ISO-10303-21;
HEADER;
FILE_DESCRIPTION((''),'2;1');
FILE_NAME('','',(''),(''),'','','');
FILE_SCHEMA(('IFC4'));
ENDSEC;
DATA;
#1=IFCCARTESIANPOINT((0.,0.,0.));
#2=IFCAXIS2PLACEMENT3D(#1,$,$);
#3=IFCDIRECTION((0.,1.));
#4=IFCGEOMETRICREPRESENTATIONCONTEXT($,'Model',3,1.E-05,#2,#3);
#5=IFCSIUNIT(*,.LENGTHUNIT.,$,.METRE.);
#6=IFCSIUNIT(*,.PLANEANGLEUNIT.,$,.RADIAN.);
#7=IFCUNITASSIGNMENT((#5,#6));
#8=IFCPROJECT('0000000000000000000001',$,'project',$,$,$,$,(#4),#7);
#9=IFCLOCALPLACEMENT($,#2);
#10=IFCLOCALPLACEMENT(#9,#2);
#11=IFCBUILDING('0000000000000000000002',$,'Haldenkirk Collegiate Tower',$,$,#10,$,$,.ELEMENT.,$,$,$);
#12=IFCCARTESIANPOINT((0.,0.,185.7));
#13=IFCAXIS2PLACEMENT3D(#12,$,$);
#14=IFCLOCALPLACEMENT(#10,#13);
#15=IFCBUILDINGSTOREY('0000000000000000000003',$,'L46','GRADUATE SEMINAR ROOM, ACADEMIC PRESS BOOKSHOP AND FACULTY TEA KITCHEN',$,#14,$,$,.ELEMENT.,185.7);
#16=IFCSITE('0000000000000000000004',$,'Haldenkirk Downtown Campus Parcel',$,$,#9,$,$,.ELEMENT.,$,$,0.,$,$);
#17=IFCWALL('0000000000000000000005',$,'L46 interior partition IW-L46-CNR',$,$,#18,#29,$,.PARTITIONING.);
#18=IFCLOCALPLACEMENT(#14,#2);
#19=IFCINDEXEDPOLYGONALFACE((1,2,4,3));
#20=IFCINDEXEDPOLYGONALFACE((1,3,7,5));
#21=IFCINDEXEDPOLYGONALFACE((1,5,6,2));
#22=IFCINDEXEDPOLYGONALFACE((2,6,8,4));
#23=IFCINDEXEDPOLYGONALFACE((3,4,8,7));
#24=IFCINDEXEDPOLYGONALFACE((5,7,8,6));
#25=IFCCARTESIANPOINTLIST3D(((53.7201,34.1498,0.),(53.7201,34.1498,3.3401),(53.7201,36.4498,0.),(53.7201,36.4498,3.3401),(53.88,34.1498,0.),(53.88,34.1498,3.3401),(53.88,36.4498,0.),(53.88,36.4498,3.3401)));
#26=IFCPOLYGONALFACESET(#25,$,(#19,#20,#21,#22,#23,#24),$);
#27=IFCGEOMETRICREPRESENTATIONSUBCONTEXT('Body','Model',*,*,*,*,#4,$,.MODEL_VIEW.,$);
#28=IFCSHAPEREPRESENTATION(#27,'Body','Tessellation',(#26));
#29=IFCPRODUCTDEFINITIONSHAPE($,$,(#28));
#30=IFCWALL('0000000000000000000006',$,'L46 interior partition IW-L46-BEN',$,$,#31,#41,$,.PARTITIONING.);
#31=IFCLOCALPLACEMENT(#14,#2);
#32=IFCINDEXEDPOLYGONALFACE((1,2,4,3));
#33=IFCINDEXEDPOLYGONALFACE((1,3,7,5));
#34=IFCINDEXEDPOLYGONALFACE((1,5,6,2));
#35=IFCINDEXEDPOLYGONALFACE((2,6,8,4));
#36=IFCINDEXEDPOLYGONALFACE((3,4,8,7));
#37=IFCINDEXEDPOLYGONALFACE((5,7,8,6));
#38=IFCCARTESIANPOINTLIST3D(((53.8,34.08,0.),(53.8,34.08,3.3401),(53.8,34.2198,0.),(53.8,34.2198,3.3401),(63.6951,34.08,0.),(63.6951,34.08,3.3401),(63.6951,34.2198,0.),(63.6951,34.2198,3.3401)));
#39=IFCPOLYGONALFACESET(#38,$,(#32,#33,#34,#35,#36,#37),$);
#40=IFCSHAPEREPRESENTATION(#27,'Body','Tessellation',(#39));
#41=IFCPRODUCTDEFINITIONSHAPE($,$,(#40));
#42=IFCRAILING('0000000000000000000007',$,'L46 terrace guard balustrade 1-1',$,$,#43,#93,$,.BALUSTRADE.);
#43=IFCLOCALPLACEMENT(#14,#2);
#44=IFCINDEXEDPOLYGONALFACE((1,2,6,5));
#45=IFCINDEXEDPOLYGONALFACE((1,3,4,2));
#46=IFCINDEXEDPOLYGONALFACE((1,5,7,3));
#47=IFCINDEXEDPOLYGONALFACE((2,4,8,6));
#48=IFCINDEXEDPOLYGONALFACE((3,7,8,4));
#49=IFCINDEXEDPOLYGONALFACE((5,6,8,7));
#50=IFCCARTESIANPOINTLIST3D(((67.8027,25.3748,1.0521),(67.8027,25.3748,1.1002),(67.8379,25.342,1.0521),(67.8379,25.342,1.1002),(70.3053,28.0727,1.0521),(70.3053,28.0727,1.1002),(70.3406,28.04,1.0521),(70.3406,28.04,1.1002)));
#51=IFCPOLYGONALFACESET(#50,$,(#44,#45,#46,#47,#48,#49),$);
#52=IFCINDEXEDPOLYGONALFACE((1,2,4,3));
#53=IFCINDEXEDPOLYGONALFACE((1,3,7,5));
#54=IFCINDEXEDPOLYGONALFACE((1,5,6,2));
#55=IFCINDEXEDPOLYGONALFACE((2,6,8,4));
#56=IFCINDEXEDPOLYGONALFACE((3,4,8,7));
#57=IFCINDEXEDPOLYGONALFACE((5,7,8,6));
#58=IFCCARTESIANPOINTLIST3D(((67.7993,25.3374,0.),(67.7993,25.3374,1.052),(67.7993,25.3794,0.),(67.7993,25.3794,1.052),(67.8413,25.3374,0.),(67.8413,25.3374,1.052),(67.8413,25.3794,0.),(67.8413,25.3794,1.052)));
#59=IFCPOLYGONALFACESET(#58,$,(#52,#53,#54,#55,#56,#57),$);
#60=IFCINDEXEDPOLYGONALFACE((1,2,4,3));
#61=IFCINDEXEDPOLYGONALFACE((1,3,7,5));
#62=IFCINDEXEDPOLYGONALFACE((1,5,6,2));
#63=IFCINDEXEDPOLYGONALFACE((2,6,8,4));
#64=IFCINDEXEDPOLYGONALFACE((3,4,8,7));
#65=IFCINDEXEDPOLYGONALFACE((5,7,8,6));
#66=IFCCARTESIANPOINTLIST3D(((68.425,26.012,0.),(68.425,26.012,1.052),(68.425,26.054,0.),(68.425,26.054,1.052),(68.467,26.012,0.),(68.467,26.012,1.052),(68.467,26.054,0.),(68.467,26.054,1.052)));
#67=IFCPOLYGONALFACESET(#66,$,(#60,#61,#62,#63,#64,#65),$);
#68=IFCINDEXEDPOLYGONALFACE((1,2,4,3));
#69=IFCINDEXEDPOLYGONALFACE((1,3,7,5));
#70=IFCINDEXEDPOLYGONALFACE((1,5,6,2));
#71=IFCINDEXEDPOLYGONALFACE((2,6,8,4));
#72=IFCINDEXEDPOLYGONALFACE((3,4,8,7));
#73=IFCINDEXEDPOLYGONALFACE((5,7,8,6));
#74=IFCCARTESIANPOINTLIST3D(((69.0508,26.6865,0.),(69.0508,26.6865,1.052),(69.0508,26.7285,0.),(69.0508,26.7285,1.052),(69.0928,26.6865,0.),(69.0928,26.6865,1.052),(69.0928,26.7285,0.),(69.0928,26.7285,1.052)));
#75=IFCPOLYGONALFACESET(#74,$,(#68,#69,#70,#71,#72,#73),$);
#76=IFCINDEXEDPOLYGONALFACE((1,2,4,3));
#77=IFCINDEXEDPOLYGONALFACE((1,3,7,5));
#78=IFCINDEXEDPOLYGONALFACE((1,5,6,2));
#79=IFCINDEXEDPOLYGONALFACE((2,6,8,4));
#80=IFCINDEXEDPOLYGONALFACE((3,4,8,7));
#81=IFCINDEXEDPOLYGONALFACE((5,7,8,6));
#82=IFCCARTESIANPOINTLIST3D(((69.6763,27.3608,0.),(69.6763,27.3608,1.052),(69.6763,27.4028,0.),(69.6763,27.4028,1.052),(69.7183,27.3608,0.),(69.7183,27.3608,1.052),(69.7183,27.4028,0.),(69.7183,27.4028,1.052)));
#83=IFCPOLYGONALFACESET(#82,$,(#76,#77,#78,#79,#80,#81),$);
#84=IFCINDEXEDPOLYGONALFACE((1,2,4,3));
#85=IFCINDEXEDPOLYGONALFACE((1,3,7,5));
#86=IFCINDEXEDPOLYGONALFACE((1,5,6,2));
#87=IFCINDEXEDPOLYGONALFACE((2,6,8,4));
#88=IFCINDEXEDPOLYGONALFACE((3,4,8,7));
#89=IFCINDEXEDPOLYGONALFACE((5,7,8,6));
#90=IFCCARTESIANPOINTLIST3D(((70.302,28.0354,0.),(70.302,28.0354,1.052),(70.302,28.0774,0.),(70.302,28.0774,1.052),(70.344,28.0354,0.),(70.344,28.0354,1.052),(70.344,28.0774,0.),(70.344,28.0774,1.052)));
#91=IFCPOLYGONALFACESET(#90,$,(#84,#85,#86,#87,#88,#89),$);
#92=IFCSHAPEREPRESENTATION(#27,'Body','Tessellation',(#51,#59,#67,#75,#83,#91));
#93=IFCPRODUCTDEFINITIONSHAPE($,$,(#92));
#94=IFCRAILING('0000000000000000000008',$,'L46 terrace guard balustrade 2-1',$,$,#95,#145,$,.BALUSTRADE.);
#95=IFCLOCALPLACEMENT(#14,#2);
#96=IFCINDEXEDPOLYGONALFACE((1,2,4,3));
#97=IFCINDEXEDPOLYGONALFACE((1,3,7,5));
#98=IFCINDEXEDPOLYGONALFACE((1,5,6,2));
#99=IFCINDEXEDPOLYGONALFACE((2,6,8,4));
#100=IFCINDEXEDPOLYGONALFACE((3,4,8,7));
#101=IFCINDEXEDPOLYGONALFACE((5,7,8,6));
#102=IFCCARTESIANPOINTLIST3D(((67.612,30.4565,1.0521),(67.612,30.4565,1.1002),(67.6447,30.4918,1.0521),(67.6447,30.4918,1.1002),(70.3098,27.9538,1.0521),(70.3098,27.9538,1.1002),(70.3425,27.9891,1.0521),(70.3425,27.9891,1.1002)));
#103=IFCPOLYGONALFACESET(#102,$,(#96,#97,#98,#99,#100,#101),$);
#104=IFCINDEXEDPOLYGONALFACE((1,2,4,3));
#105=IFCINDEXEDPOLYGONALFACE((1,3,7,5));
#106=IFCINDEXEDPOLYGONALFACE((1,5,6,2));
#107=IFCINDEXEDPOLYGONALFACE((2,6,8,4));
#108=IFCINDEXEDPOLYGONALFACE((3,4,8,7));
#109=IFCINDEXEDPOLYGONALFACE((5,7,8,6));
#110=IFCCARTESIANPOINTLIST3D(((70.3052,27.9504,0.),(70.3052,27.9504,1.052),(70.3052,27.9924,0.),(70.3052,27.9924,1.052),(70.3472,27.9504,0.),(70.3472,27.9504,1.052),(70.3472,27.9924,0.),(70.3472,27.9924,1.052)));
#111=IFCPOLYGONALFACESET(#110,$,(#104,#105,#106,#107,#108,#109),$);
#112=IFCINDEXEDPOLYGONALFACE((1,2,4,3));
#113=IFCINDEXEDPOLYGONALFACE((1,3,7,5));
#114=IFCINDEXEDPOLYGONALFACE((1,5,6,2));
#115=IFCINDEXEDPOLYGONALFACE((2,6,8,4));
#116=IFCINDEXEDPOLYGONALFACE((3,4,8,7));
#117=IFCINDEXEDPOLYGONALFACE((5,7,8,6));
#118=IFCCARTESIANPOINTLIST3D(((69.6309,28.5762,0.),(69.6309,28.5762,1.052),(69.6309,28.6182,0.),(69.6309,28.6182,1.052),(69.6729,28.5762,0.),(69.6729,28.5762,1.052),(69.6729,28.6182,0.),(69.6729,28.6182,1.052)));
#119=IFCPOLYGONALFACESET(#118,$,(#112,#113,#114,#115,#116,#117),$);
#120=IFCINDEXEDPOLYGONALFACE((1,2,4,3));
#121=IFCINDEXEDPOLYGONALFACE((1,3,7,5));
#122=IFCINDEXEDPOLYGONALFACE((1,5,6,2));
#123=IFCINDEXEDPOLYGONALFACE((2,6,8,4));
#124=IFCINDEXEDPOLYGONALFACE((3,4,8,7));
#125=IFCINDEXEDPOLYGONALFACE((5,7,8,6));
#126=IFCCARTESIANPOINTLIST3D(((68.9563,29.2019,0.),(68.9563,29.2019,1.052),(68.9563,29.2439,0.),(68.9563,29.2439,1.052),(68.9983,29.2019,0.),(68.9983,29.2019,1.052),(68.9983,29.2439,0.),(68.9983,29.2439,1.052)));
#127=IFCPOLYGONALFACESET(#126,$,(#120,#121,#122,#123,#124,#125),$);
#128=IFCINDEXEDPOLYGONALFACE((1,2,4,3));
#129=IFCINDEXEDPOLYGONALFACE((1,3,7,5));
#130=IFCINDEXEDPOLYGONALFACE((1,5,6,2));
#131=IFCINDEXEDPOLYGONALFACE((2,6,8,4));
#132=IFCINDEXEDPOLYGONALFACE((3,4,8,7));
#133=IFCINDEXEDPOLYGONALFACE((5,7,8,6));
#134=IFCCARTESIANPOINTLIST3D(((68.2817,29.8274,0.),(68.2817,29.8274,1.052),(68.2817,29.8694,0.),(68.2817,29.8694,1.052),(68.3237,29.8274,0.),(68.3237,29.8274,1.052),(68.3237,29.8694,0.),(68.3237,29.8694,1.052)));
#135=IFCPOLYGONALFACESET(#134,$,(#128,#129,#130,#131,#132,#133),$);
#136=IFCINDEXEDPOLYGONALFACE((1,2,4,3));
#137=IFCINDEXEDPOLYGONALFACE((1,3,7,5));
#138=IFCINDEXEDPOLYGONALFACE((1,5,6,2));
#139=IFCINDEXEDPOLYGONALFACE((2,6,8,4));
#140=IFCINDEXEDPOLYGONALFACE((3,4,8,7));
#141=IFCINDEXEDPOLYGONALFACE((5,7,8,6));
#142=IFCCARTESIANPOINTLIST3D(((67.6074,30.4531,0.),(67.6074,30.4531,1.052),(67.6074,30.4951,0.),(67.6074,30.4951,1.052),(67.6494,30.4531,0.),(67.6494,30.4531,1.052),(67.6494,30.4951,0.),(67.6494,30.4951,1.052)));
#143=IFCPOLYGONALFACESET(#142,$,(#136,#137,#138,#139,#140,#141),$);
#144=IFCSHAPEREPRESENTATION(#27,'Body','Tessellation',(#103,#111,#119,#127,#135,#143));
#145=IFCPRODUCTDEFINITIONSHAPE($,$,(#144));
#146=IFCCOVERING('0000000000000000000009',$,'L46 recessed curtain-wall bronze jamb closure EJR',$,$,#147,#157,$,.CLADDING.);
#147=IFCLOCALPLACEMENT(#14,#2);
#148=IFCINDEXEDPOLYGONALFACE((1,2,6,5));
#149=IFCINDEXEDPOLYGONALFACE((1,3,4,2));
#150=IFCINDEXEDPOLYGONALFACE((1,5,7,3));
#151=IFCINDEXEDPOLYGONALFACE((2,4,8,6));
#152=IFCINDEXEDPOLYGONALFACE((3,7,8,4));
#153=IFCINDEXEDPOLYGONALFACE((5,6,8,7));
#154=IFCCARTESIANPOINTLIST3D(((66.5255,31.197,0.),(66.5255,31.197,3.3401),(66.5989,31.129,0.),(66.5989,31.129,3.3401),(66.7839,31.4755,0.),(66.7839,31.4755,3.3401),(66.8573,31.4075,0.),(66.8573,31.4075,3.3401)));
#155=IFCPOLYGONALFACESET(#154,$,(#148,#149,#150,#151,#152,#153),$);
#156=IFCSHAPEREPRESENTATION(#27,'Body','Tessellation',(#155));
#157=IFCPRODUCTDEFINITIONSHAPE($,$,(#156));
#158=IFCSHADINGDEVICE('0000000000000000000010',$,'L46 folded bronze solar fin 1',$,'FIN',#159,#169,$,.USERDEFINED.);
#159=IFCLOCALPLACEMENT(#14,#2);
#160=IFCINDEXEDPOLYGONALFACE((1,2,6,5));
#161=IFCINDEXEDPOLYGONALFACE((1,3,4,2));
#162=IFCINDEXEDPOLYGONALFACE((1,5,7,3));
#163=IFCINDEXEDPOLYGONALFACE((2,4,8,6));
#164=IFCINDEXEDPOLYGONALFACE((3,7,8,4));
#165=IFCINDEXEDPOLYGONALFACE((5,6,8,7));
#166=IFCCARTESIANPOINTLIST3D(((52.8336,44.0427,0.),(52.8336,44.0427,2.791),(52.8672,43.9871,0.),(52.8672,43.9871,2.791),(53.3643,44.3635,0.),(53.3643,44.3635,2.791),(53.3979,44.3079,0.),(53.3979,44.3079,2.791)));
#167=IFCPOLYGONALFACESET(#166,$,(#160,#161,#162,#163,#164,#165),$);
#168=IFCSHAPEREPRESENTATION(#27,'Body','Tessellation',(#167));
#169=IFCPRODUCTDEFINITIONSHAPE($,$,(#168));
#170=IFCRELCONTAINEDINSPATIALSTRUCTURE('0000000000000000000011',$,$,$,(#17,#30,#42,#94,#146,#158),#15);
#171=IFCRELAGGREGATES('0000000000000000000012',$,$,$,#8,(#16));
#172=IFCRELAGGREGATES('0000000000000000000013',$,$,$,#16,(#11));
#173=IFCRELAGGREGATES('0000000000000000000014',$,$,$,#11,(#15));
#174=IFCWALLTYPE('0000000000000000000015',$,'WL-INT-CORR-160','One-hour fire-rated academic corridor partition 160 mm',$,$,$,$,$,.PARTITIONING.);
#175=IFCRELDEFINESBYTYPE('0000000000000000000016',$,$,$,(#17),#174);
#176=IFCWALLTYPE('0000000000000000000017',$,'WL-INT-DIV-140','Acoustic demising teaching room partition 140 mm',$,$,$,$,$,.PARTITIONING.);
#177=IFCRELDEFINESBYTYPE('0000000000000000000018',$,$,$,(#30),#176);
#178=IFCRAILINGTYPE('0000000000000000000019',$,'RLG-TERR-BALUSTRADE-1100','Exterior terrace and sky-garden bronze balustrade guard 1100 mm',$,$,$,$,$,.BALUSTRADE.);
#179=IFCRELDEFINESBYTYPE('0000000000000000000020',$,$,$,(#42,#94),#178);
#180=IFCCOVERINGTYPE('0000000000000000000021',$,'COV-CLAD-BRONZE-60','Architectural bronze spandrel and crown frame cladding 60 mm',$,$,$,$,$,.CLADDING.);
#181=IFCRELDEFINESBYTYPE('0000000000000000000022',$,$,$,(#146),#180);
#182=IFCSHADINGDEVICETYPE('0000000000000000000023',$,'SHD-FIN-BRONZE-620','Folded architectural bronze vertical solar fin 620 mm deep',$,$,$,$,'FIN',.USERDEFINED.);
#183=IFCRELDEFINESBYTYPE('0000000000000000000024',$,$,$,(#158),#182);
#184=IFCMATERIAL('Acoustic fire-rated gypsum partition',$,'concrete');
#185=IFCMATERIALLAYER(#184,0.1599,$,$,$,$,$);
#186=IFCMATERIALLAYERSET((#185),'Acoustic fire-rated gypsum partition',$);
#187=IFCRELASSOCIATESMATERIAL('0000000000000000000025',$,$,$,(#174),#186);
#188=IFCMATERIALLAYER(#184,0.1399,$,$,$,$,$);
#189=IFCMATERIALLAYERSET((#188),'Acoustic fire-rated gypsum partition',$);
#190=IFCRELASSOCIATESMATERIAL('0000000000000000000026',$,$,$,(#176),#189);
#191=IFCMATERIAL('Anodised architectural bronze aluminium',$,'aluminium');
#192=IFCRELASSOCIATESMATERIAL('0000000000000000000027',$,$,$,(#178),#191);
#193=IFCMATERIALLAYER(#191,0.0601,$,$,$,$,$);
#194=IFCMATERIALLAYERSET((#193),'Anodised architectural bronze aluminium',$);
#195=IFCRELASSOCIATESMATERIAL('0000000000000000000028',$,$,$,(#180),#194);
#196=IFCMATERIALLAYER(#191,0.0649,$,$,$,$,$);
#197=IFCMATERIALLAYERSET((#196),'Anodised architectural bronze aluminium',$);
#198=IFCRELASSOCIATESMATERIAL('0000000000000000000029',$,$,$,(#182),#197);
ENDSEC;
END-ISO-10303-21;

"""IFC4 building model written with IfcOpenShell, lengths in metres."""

from ifc_helpers import new_model, si_unit, direction, frame, frame_2d, origin, origin_2d, place, context, subcontext, project, spatial, rectangle, extrude, source, transform, mapped, material, layer, layer_set, type_object, element, save


model = new_model("IFC4")

# Units and contexts
model_context = context("Model", 3, precision=1e-05, world=origin(), true_north=direction((0.0, 1.0)))
body_context = subcontext(model_context, "Body", "Model", "MODEL_VIEW")
ifc_project = project(units=[si_unit("LENGTHUNIT", "METRE"), si_unit("PLANEANGLEUNIT", "RADIAN")], contexts=[model_context])

# Site, building, storey
site_placement = place(None, origin())
site = spatial("IfcSite", under=ifc_project, at=site_placement, Name="Haldenkirk Downtown Campus Parcel", CompositionType="ELEMENT", RefElevation=0.0)
building_placement = place(site_placement, origin())
building = spatial("IfcBuilding", under=site, at=building_placement, Name="Haldenkirk Collegiate Tower", CompositionType="ELEMENT")
storey_placement = place(building_placement, frame((0.0, 0.0, 185.7)))
storey = spatial("IfcBuildingStorey", under=building, at=storey_placement, Name="L46", Description="GRADUATE SEMINAR ROOM, ACADEMIC PRESS BOOKSHOP AND FACULTY TEA KITCHEN", CompositionType="ELEMENT", Elevation=185.7)

# Shared definitions
ifc_material_1 = material(Name="Anodised architectural bronze aluminium", Category="aluminium")

# Walls
ifc_material_2 = material(Name="Acoustic fire-rated gypsum partition", Category="concrete")
ifc_layer_1 = layer(ifc_material_2, 0.1599)
ifc_layer_set_1 = layer_set([ifc_layer_1], Name="Acoustic fire-rated gypsum partition")
wall_type_1 = type_object("IfcWallType", Name="WL-INT-CORR-160", Description="One-hour fire-rated academic corridor partition 160 mm", PredefinedType="PARTITIONING", material=ifc_layer_set_1)
wall_1_placement = place(storey_placement, frame((53.8, 34.1499, 0.0), z_axis=(0.0, 0.0, 1.0), x_axis=(0.0, 1.0, 0.0)))
element("IfcWall", 1, at=wall_1_placement, inside=storey, type_object=wall_type_1, Name="L46 interior partition IW-L46-CNR", PredefinedType="PARTITIONING", context=body_context, shape_type="SweptSolid", body=[
    extrude(rectangle(XDim=2.3, YDim=0.1599, at=frame_2d((1.1499, 0.0))), origin(), (0.0, 0.0, 1.0), 3.3401),
])
ifc_layer_2 = layer(ifc_material_2, 0.1399)
ifc_layer_set_2 = layer_set([ifc_layer_2], Name="Acoustic fire-rated gypsum partition")
wall_type_2 = type_object("IfcWallType", Name="WL-INT-DIV-140", Description="Acoustic demising teaching room partition 140 mm", PredefinedType="PARTITIONING", material=ifc_layer_set_2)
wall_2_placement = place(storey_placement, frame((53.8, 34.1499, 0.0), z_axis=(0.0, 0.0, 1.0), x_axis=(1.0, 0.0, 0.0)))
element("IfcWall", 2, at=wall_2_placement, inside=storey, type_object=wall_type_2, Name="L46 interior partition IW-L46-BEN", PredefinedType="PARTITIONING", context=body_context, shape_type="SweptSolid", body=[
    extrude(rectangle(XDim=9.895, YDim=0.1399, at=frame_2d((4.9475, 0.0))), origin(), (0.0, 0.0, 1.0), 3.3401),
])

# Railings
railing_type = type_object("IfcRailingType", Name="RLG-TERR-BALUSTRADE-1100", Description="Exterior terrace and sky-garden bronze balustrade guard 1100 mm", PredefinedType="BALUSTRADE", material=ifc_material_1)
railing_1_placement = place(storey_placement, frame((67.8203, 25.3584, 0.0)))
element("IfcRailing", 3, at=railing_1_placement, inside=storey, type_object=railing_type, Name="L46 terrace guard balustrade 1-1", PredefinedType="BALUSTRADE", context=body_context, shape_type="SweptSolid", body=[
    extrude(rectangle(XDim=0.0481, YDim=0.0481, at=origin_2d()), frame((0.0, 0.0, 1.0762), z_axis=(0.680072, 0.733145, 0.0), x_axis=(-0.733145, 0.680072, 0.0)), (0.0, 0.0, 1.0), 3.6799),
    extrude(rectangle(XDim=0.042, YDim=0.042, at=origin_2d()), origin(), (0.0, 0.0, 1.0), 1.052),
    extrude(rectangle(XDim=0.042, YDim=0.042, at=origin_2d()), frame((0.6257, 0.6746, 0.0)), (0.0, 0.0, 1.0), 1.052),
    extrude(rectangle(XDim=0.042, YDim=0.042, at=origin_2d()), frame((1.2515, 1.3491, 0.0)), (0.0, 0.0, 1.0), 1.052),
    extrude(rectangle(XDim=0.042, YDim=0.042, at=origin_2d()), frame((1.877, 2.0234, 0.0)), (0.0, 0.0, 1.0), 1.052),
    extrude(rectangle(XDim=0.042, YDim=0.042, at=origin_2d()), frame((2.5027, 2.698, 0.0)), (0.0, 0.0, 1.0), 1.052),
])
railing_2_placement = place(storey_placement, frame((70.3262, 27.9714, 0.0)))
element("IfcRailing", 4, at=railing_2_placement, inside=storey, type_object=railing_type, Name="L46 terrace guard balustrade 2-1", PredefinedType="BALUSTRADE", context=body_context, shape_type="SweptSolid", body=[
    extrude(rectangle(XDim=0.0481, YDim=0.0481, at=origin_2d()), frame((0.0, 0.0, 1.0762), z_axis=(-0.733115, 0.680105, 0.0), x_axis=(-0.680105, -0.733115, 0.0)), (0.0, 0.0, 1.0), 3.6799),
    extrude(rectangle(XDim=0.042, YDim=0.042, at=origin_2d()), origin(), (0.0, 0.0, 1.0), 1.052),
    extrude(rectangle(XDim=0.042, YDim=0.042, at=origin_2d()), frame((-0.6743, 0.6257, 0.0)), (0.0, 0.0, 1.0), 1.052),
    extrude(rectangle(XDim=0.042, YDim=0.042, at=origin_2d()), frame((-1.3489, 1.2515, 0.0)), (0.0, 0.0, 1.0), 1.052),
    extrude(rectangle(XDim=0.042, YDim=0.042, at=origin_2d()), frame((-2.0234, 1.877, 0.0)), (0.0, 0.0, 1.0), 1.052),
    extrude(rectangle(XDim=0.042, YDim=0.042, at=origin_2d()), frame((-2.6978, 2.5027, 0.0)), (0.0, 0.0, 1.0), 1.052),
])

# Covering
ifc_layer_3 = layer(ifc_material_1, 0.0601)
ifc_layer_set_3 = layer_set([ifc_layer_3], Name="Anodised architectural bronze aluminium")
covering_type = type_object("IfcCoveringType", Name="COV-CLAD-BRONZE-60", Description="Architectural bronze spandrel and crown frame cladding 60 mm", PredefinedType="CLADDING", material=ifc_layer_set_3)
shared_shape_1 = source(origin(), body_context, "Body", "SweptSolid", [
    extrude(rectangle(XDim=0.1001, YDim=0.3799, at=origin_2d()), origin(), (0.0, 0.0, 1.0), 3.3401),
])
covering_placement = place(storey_placement, frame((66.6914, 31.3022, 0.0), z_axis=(0.0, 0.0, 1.0), x_axis=(0.733137, -0.680081, 0.0)))
element("IfcCovering", 5, at=covering_placement, inside=storey, type_object=covering_type, Name="L46 recessed curtain-wall bronze jamb closure EJR", PredefinedType="CLADDING", context=body_context, shape_type="MappedRepresentation", body=[
    mapped(shared_shape_1, transform((0.0, 0.0, 0.0), x_axis=(1.0, 0.0, 0.0), y_axis=(0.0, 1.0, 0.0), z_axis=(0.0, 0.0, 1.0), scale=1.0)),
])

# Shading device
ifc_layer_4 = layer(ifc_material_1, 0.0649)
ifc_layer_set_4 = layer_set([ifc_layer_4], Name="Anodised architectural bronze aluminium")
shading_device_type = type_object("IfcShadingDeviceType", Name="SHD-FIN-BRONZE-620", Description="Folded architectural bronze vertical solar fin 620 mm deep", ElementType="FIN", PredefinedType="USERDEFINED", material=ifc_layer_set_4)
shared_shape_2 = source(origin(), body_context, "Body", "SweptSolid", [
    extrude(rectangle(XDim=0.6201, YDim=0.0649, at=origin_2d()), origin(), (0.0, 0.0, 1.0), 2.791),
])
shading_device_placement = place(storey_placement, frame((53.1157, 44.1753, 0.0), z_axis=(0.0, 0.0, 1.0), x_axis=(0.855816, 0.51728, 0.0)))
element("IfcShadingDevice", 6, at=shading_device_placement, inside=storey, type_object=shading_device_type, Name="L46 folded bronze solar fin 1", ObjectType="FIN", PredefinedType="USERDEFINED", context=body_context, shape_type="MappedRepresentation", body=[
    mapped(shared_shape_2, transform((0.0, 0.0, 0.0), x_axis=(1.0, 0.0, 0.0), y_axis=(0.0, 1.0, 0.0), z_axis=(0.0, 0.0, 1.0), scale=1.0)),
])

save(model, "model.ifc")
